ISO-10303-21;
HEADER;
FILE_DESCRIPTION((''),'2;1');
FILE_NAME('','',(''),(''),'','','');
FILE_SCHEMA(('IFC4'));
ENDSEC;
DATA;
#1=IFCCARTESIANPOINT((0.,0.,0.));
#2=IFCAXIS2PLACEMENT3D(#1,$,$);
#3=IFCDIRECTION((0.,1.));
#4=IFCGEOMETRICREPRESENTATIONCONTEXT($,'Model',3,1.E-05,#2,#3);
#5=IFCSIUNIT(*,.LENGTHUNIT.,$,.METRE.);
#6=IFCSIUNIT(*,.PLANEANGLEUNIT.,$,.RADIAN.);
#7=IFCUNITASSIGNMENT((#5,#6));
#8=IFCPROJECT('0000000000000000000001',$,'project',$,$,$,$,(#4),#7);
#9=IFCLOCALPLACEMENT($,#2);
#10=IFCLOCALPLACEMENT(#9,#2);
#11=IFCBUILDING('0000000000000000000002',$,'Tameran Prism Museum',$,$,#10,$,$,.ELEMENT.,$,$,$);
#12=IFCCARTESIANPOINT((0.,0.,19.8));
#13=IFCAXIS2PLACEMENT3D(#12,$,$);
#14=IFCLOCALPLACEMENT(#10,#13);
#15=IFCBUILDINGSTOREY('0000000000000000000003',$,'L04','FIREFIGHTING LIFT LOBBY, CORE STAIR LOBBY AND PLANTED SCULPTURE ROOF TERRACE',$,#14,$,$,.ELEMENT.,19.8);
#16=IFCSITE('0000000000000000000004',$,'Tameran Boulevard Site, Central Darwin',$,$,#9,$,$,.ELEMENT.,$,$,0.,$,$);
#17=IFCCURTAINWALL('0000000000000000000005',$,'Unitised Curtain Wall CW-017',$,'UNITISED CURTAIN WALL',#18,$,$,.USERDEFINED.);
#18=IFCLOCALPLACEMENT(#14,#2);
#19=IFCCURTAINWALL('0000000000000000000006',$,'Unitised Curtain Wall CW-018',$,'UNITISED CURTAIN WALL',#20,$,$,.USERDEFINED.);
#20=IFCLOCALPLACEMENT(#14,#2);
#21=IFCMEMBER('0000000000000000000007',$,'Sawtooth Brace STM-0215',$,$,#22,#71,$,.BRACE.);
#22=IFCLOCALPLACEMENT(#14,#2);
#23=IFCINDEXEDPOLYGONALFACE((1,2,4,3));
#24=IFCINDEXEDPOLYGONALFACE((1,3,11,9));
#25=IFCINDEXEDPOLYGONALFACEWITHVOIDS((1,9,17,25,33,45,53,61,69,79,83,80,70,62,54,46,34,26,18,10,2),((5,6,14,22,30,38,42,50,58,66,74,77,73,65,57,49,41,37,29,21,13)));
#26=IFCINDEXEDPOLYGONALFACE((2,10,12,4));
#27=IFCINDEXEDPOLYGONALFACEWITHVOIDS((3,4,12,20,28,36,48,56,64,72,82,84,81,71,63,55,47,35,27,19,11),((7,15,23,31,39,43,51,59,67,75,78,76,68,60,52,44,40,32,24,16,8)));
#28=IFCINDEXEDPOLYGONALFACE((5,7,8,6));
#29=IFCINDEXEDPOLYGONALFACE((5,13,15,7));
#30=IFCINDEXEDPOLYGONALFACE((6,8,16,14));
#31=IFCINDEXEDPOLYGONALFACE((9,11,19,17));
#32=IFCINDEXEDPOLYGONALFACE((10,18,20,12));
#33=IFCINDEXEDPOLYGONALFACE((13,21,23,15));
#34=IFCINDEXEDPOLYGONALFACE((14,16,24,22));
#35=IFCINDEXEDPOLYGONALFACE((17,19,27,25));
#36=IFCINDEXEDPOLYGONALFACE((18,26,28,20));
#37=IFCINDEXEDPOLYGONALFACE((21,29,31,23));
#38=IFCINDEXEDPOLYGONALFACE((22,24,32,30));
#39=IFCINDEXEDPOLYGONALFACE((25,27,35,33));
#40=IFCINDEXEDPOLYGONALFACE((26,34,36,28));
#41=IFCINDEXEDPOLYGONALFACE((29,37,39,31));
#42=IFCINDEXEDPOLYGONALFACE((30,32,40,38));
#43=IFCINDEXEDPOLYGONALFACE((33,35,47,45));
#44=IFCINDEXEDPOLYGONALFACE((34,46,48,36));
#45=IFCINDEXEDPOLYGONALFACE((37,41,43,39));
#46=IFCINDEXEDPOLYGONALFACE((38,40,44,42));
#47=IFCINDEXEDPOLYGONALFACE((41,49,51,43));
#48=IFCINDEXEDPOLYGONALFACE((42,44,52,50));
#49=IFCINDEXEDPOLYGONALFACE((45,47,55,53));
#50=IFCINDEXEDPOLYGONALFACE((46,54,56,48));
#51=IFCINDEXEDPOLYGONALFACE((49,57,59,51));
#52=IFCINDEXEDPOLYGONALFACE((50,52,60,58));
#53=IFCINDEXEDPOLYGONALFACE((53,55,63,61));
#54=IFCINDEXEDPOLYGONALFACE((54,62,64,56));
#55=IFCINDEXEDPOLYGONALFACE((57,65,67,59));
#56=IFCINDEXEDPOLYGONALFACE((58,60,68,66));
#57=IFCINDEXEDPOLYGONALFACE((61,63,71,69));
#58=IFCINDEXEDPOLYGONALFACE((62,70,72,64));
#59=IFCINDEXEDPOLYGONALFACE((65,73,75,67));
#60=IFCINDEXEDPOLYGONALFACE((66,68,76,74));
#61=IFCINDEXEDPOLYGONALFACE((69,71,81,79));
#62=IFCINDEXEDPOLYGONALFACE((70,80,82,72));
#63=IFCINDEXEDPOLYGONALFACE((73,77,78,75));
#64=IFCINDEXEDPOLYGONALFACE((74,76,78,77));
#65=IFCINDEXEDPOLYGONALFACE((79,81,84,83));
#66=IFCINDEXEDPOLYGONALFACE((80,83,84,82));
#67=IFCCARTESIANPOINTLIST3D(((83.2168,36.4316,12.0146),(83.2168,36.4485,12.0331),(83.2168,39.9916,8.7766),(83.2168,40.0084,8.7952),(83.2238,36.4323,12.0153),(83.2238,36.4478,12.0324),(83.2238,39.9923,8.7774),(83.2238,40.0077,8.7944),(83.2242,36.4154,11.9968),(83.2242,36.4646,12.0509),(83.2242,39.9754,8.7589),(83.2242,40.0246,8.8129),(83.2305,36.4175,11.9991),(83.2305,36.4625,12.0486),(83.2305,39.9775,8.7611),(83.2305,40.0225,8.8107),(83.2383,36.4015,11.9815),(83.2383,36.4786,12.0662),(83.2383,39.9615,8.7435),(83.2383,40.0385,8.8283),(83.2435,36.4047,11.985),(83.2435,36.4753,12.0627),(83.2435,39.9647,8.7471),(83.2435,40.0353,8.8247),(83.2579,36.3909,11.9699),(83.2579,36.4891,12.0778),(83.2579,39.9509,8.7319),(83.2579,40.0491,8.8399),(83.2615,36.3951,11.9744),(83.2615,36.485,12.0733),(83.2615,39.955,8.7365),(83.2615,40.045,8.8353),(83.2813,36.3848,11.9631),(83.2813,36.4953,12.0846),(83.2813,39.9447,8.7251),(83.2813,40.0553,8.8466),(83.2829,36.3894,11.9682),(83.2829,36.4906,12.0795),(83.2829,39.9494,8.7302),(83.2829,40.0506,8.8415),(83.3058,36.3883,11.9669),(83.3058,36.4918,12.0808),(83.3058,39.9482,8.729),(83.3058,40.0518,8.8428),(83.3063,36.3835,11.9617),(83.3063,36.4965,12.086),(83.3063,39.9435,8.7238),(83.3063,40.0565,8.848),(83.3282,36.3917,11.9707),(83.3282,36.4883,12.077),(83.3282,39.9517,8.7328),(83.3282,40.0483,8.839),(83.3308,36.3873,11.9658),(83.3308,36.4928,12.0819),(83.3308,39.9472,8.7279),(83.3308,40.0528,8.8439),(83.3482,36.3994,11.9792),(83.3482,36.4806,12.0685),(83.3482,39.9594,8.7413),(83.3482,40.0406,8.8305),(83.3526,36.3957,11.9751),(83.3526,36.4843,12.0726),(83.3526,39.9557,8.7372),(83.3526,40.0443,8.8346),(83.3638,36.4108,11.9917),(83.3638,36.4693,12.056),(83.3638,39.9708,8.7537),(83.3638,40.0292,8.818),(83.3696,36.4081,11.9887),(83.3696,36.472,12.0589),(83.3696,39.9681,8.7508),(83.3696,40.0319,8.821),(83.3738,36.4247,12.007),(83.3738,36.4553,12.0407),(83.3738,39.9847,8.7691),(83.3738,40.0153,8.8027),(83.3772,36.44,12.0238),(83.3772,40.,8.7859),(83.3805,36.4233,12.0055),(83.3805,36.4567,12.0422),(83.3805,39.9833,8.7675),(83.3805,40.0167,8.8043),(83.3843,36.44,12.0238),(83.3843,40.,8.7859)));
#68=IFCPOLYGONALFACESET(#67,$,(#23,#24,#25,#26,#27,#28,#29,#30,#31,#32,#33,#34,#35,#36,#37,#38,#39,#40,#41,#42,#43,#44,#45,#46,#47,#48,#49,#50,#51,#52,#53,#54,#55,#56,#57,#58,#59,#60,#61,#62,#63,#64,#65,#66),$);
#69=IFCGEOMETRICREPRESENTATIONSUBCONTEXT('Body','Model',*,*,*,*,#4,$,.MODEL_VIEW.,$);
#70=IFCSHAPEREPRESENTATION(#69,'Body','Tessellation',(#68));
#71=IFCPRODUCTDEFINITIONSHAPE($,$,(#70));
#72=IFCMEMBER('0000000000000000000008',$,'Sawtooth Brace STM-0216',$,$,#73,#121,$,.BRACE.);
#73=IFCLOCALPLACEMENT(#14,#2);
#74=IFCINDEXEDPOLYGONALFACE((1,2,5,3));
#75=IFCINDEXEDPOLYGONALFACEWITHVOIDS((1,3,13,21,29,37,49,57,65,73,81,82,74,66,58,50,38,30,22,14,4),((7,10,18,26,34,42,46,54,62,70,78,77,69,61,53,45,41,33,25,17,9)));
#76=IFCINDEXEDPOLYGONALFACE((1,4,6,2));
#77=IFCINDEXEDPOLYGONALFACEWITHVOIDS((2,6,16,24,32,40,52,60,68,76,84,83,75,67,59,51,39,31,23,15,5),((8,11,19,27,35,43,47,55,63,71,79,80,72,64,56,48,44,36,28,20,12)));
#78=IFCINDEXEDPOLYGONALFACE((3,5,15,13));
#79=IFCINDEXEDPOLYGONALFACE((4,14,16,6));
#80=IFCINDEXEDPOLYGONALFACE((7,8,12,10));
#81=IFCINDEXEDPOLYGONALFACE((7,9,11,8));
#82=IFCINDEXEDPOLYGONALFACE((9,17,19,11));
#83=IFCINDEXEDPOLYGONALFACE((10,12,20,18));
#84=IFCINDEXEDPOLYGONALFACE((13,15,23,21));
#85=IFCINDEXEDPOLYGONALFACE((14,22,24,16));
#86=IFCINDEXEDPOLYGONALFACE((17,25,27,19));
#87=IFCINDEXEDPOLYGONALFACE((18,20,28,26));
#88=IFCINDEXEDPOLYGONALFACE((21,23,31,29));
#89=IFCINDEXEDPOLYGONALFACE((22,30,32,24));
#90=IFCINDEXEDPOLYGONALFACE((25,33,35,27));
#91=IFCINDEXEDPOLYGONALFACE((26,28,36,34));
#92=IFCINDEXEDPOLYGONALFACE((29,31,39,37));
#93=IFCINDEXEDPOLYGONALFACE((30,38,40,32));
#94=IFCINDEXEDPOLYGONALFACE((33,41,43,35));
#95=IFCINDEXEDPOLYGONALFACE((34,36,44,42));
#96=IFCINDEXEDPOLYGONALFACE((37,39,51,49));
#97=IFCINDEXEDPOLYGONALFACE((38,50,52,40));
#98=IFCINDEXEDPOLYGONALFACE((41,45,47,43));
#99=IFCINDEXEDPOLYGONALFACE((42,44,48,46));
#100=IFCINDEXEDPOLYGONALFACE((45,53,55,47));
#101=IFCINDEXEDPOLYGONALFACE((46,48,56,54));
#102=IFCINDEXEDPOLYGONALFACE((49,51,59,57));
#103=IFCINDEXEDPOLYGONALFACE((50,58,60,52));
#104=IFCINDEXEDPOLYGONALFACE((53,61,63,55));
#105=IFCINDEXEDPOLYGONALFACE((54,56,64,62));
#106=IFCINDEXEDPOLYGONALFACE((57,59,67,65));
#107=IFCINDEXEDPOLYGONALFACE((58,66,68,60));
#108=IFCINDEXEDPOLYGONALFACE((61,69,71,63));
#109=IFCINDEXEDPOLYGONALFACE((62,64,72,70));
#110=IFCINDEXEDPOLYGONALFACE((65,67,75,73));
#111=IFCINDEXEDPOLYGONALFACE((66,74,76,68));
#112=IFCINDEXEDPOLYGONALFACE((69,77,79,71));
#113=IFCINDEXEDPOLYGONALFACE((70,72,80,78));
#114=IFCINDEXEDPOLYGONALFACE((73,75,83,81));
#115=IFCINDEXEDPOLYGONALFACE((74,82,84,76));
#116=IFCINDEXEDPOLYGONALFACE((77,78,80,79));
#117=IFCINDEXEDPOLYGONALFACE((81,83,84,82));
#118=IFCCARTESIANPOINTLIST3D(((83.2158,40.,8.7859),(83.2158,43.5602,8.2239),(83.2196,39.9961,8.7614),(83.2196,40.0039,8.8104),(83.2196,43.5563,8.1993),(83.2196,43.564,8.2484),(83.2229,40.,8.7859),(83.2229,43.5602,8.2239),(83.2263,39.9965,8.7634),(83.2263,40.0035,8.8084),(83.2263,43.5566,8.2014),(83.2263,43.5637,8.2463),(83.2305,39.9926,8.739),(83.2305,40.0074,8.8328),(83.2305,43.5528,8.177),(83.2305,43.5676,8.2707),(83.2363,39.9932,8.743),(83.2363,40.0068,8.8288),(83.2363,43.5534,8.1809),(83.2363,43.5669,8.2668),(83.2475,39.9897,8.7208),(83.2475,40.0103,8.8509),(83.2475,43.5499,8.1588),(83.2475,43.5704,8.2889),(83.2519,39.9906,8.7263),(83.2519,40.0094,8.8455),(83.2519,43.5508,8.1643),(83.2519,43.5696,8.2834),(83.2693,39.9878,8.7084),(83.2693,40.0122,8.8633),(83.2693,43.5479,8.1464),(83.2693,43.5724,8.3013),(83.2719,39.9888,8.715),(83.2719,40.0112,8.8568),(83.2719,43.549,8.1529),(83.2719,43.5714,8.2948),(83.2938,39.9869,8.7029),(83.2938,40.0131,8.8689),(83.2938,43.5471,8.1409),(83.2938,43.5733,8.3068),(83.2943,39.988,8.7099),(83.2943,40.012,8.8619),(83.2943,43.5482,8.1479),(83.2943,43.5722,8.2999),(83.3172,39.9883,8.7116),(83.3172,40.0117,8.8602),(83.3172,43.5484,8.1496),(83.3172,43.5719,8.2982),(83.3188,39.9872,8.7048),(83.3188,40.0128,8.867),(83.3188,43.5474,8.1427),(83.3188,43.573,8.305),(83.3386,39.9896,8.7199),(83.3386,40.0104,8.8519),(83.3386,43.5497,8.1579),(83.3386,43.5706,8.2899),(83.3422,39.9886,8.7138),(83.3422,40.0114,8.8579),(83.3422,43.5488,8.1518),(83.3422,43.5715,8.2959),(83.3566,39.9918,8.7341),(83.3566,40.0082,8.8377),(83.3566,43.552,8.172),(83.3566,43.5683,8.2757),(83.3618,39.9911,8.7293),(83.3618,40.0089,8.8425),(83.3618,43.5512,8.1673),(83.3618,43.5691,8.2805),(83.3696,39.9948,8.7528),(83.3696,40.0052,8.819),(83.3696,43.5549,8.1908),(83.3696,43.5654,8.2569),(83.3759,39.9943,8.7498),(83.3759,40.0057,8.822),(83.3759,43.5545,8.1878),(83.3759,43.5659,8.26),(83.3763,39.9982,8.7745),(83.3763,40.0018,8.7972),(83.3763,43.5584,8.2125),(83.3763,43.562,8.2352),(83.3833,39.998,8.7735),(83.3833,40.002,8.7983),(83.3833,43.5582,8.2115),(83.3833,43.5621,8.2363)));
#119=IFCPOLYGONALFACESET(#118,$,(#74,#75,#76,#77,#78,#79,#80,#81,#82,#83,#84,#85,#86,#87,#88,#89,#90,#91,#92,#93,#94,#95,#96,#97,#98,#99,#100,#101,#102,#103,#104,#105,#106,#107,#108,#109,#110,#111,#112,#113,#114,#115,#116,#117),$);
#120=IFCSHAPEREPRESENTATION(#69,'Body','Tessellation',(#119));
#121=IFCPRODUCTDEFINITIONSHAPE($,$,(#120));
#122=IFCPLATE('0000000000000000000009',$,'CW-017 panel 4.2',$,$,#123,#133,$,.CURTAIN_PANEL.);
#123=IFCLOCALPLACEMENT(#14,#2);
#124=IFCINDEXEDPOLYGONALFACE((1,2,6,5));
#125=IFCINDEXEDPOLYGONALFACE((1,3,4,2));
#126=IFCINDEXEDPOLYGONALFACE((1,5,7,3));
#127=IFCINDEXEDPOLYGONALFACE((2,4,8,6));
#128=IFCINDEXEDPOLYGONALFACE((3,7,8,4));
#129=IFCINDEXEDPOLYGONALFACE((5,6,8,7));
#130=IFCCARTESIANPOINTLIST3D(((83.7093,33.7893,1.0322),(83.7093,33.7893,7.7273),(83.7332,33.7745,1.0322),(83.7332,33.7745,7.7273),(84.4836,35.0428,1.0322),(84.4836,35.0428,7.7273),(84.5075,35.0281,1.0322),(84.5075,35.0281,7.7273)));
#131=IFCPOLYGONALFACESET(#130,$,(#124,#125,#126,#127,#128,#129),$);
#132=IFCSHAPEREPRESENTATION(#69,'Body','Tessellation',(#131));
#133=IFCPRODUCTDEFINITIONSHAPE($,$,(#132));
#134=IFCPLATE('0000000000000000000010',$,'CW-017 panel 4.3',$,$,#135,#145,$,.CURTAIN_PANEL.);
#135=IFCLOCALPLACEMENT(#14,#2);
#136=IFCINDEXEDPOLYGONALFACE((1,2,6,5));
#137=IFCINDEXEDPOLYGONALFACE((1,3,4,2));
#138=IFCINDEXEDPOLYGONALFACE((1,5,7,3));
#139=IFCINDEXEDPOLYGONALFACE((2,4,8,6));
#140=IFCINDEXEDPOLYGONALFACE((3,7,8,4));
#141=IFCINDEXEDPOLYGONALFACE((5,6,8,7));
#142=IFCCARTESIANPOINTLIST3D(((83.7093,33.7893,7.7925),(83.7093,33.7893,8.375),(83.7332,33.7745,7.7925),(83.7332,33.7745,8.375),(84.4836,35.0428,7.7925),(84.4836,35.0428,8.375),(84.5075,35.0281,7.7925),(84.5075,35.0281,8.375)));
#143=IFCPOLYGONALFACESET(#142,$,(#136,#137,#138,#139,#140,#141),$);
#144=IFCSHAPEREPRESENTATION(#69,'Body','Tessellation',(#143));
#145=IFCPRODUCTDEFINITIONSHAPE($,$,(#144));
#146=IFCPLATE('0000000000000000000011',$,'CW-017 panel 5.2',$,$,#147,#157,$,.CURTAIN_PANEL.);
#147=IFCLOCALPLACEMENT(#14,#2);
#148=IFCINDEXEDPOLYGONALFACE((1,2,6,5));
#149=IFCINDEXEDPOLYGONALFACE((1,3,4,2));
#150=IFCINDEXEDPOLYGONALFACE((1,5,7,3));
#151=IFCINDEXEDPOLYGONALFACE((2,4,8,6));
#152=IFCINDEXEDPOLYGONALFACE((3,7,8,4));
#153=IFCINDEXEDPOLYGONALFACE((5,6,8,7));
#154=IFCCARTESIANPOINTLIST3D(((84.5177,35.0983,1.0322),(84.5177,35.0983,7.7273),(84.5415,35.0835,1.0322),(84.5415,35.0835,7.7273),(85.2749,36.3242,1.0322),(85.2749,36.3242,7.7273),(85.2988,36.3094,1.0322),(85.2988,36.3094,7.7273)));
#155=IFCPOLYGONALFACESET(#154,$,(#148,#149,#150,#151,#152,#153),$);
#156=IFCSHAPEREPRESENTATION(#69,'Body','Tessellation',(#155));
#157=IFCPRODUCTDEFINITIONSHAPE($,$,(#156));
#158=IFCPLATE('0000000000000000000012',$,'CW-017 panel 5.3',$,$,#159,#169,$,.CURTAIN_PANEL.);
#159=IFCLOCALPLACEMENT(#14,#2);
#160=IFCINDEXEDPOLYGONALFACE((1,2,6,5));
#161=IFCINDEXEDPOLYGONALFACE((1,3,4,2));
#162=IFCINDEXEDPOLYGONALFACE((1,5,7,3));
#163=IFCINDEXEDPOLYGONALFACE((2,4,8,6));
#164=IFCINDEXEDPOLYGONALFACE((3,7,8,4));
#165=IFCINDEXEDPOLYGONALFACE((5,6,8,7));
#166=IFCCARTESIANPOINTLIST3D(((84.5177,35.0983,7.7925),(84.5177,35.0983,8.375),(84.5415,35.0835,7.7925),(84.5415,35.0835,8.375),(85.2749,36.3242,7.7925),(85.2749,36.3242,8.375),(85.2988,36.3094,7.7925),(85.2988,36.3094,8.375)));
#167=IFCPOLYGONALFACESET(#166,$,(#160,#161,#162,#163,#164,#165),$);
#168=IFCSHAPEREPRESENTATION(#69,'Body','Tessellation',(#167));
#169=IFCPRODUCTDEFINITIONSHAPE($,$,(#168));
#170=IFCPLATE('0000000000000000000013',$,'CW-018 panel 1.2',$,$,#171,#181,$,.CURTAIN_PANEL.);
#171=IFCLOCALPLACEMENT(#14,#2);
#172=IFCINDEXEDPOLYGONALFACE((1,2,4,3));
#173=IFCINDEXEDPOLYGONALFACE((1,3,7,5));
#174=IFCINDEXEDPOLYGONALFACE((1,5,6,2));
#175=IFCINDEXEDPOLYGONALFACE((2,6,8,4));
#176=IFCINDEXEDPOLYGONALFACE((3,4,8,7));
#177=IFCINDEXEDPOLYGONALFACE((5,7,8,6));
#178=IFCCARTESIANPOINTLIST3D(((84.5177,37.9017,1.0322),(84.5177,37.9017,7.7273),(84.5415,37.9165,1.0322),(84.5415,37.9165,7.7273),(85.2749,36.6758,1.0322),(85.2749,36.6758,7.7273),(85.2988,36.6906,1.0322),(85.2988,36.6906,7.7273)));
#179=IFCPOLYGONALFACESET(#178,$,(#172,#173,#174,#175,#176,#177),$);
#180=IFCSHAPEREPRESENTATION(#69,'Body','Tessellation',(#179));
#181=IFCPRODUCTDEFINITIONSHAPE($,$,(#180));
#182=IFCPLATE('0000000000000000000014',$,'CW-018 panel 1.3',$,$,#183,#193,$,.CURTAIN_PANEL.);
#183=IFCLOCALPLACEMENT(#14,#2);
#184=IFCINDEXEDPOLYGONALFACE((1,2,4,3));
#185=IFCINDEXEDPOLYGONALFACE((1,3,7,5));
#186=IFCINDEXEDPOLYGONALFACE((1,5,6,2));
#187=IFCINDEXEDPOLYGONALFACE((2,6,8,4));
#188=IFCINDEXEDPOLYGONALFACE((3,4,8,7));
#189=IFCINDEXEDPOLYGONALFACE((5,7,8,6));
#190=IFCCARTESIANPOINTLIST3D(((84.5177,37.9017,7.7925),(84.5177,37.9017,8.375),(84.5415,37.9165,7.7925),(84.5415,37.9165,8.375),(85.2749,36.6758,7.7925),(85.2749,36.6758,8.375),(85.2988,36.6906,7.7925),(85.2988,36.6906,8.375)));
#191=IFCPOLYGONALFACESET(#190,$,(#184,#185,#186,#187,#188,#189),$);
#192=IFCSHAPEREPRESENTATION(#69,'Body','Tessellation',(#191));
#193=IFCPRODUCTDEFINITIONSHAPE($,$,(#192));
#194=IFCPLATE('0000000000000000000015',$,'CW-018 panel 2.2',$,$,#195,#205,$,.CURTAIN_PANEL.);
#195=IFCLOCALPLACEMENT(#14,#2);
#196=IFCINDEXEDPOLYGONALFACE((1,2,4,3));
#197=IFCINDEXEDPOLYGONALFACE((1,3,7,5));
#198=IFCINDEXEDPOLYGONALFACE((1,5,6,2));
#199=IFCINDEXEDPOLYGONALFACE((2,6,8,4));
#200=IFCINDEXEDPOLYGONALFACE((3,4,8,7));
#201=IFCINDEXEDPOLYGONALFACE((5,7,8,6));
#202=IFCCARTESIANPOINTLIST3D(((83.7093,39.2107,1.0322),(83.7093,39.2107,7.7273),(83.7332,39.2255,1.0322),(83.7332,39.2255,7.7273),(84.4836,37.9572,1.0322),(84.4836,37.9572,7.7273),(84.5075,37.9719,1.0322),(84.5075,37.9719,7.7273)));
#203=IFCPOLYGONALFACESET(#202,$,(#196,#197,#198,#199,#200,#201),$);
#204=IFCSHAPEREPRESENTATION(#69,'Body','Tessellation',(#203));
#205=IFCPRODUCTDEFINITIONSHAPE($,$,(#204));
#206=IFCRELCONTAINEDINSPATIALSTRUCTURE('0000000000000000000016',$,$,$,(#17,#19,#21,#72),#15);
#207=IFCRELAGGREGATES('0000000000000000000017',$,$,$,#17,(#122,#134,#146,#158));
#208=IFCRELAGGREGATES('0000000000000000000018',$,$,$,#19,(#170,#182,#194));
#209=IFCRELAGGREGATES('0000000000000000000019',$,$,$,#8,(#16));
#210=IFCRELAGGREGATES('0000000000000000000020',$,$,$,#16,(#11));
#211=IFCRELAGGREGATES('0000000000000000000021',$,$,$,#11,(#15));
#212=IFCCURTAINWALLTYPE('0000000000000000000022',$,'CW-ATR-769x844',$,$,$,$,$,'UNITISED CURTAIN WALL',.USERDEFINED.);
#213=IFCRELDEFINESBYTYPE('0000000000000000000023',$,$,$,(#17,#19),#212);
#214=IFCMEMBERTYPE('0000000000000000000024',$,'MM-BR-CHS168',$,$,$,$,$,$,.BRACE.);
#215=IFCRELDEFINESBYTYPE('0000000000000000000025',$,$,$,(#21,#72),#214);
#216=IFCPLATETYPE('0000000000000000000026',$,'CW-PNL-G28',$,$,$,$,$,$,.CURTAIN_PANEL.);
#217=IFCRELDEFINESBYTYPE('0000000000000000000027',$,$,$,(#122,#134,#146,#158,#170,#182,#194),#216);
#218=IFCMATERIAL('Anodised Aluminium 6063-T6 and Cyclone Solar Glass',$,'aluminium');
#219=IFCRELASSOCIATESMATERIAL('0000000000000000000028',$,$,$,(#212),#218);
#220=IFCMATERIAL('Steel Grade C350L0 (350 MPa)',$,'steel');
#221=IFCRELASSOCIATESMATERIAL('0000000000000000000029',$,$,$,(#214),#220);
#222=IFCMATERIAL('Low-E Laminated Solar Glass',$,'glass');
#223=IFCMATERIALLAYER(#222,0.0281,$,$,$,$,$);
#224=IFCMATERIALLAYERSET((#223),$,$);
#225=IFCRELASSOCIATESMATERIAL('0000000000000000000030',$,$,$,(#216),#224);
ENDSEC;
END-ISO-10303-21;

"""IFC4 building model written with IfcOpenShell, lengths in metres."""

from ifc_helpers import new_model, si_unit, direction, frame, origin, origin_2d, place, context, subcontext, project, spatial, rectangle, hollow_circle, extrude, material, layer, layer_set, material_profile, profile_set, type_object, element, aggregate, save


model = new_model("IFC4")

# Units and contexts
model_context = context("Model", 3, precision=1e-05, world=origin(), true_north=direction((0.0, 1.0)))
body_context = subcontext(model_context, "Body", "Model", "MODEL_VIEW")
ifc_project = project(units=[si_unit("LENGTHUNIT", "METRE"), si_unit("PLANEANGLEUNIT", "RADIAN")], contexts=[model_context])

# Site, building, storey
site_placement = place(None, origin())
site = spatial("IfcSite", under=ifc_project, at=site_placement, Name="Tameran Boulevard Site, Central Darwin", CompositionType="ELEMENT", RefElevation=0.0)
building_placement = place(site_placement, origin())
building = spatial("IfcBuilding", under=site, at=building_placement, Name="Tameran Prism Museum", CompositionType="ELEMENT")
storey_placement = place(building_placement, frame((0.0, 0.0, 19.8)))
storey = spatial("IfcBuildingStorey", under=building, at=storey_placement, Name="L04", Description="FIREFIGHTING LIFT LOBBY, CORE STAIR LOBBY AND PLANTED SCULPTURE ROOF TERRACE", CompositionType="ELEMENT", Elevation=19.8)

# Curtain walls
ifc_material_1 = material(Name="Anodised Aluminium 6063-T6 and Cyclone Solar Glass", Category="aluminium")
curtain_wall_type = type_object("IfcCurtainWallType", Name="CW-ATR-769x844", ElementType="UNITISED CURTAIN WALL", PredefinedType="USERDEFINED", material=ifc_material_1)
curtain_wall_1_placement = place(storey_placement, origin())
curtain_wall_1 = element("IfcCurtainWall", 1, at=curtain_wall_1_placement, inside=storey, type_object=curtain_wall_type, Name="Unitised Curtain Wall CW-017", ObjectType="UNITISED CURTAIN WALL", PredefinedType="USERDEFINED")
curtain_wall_2_placement = place(storey_placement, origin())
curtain_wall_2 = element("IfcCurtainWall", 2, at=curtain_wall_2_placement, inside=storey, type_object=curtain_wall_type, Name="Unitised Curtain Wall CW-018", ObjectType="UNITISED CURTAIN WALL", PredefinedType="USERDEFINED")

# Members
ifc_material_2 = material(Name="Steel Grade C350L0 (350 MPa)", Category="steel")
ifc_material_profile_1 = material_profile(ifc_material_2, hollow_circle(Radius=0.0842, WallThickness=0.0071, at=origin_2d()))
ifc_profile_set_1 = profile_set([ifc_material_profile_1])
member_type_1 = type_object("IfcMemberType", Name="MM-BR-CHS168", PredefinedType="BRACE", material=ifc_profile_set_1)
member_1_placement = place(storey_placement, frame((83.3, 40.0, 8.7859), z_axis=(0.0, -0.739772, 0.672857), x_axis=(1.0, 0.0, 0.0)))
element("IfcMember", 3, at=member_1_placement, inside=storey, type_object=member_type_1, Name="Sawtooth Brace STM-0215", PredefinedType="BRACE", context=body_context, shape_type="SweptSolid", body=[
    extrude(hollow_circle(Radius=0.0842, WallThickness=0.0071, at=origin_2d()), origin(), (0.0, 0.0, 1.0), 4.8123),
])
member_2_placement = place(storey_placement, frame((83.3, 40.0, 8.7859), z_axis=(0.0, 0.987767, -0.155935), x_axis=(-1.0, 0.0, 0.0)))
element("IfcMember", 4, at=member_2_placement, inside=storey, type_object=member_type_1, Name="Sawtooth Brace STM-0216", PredefinedType="BRACE", context=body_context, shape_type="SweptSolid", body=[
    extrude(hollow_circle(Radius=0.0842, WallThickness=0.0071, at=origin_2d()), origin(), (0.0, 0.0, 1.0), 3.6042),
])

# Plates
ifc_material_3 = material(Name="Low-E Laminated Solar Glass", Category="glass")
ifc_layer_1 = layer(ifc_material_3, 0.0281)
ifc_layer_set_1 = layer_set([ifc_layer_1])
plate_type_1 = type_object("IfcPlateType", Name="CW-PNL-G28", PredefinedType="CURTAIN_PANEL", material=ifc_layer_set_1)
plate_1_placement = place(storey_placement, frame((84.1084, 34.4087, 1.0322), z_axis=(0.0, 0.0, 1.0), x_axis=(0.525504, 0.850791, 0.0)))
plate_1 = element("IfcPlate", 5, at=plate_1_placement, type_object=plate_type_1, Name="CW-017 panel 4.2", PredefinedType="CURTAIN_PANEL", context=body_context, shape_type="SweptSolid", body=[
    extrude(rectangle(XDim=1.4734, YDim=0.0281, at=origin_2d()), origin(), (0.0, 0.0, 1.0), 6.6951),
])
plate_2_placement = place(storey_placement, frame((84.1084, 34.4087, 7.7925), z_axis=(0.0, 0.0, 1.0), x_axis=(0.525504, 0.850791, 0.0)))
plate_2 = element("IfcPlate", 6, at=plate_2_placement, type_object=plate_type_1, Name="CW-017 panel 4.3", PredefinedType="CURTAIN_PANEL", context=body_context, shape_type="SweptSolid", body=[
    extrude(rectangle(XDim=1.4734, YDim=0.0281, at=origin_2d()), origin(), (0.0, 0.0, 1.0), 0.5825),
])
plate_3_placement = place(storey_placement, frame((84.9082, 35.7039, 1.0322), z_axis=(0.0, 0.0, 1.0), x_axis=(0.525504, 0.850791, 0.0)))
plate_3 = element("IfcPlate", 7, at=plate_3_placement, type_object=plate_type_1, Name="CW-017 panel 5.2", PredefinedType="CURTAIN_PANEL", context=body_context, shape_type="SweptSolid", body=[
    extrude(rectangle(XDim=1.4409, YDim=0.0281, at=origin_2d()), origin(), (0.0, 0.0, 1.0), 6.6951),
])
plate_4_placement = place(storey_placement, frame((84.9082, 35.7039, 7.7925), z_axis=(0.0, 0.0, 1.0), x_axis=(0.525504, 0.850791, 0.0)))
plate_4 = element("IfcPlate", 8, at=plate_4_placement, type_object=plate_type_1, Name="CW-017 panel 5.3", PredefinedType="CURTAIN_PANEL", context=body_context, shape_type="SweptSolid", body=[
    extrude(rectangle(XDim=1.4409, YDim=0.0281, at=origin_2d()), origin(), (0.0, 0.0, 1.0), 0.5825),
])
aggregate(curtain_wall_1, [plate_1, plate_2, plate_3, plate_4])
plate_5_placement = place(storey_placement, frame((84.9082, 37.2961, 1.0322), z_axis=(0.0, 0.0, 1.0), x_axis=(-0.525504, 0.850791, 0.0)))
plate_5 = element("IfcPlate", 9, at=plate_5_placement, type_object=plate_type_1, Name="CW-018 panel 1.2", PredefinedType="CURTAIN_PANEL", context=body_context, shape_type="SweptSolid", body=[
    extrude(rectangle(XDim=1.4409, YDim=0.0281, at=origin_2d()), origin(), (0.0, 0.0, 1.0), 6.6951),
])
plate_6_placement = place(storey_placement, frame((84.9082, 37.2961, 7.7925), z_axis=(0.0, 0.0, 1.0), x_axis=(-0.525504, 0.850791, 0.0)))
plate_6 = element("IfcPlate", 10, at=plate_6_placement, type_object=plate_type_1, Name="CW-018 panel 1.3", PredefinedType="CURTAIN_PANEL", context=body_context, shape_type="SweptSolid", body=[
    extrude(rectangle(XDim=1.4409, YDim=0.0281, at=origin_2d()), origin(), (0.0, 0.0, 1.0), 0.5825),
])
plate_7_placement = place(storey_placement, frame((84.1084, 38.5913, 1.0322), z_axis=(0.0, 0.0, 1.0), x_axis=(-0.525504, 0.850791, 0.0)))
plate_7 = element("IfcPlate", 11, at=plate_7_placement, type_object=plate_type_1, Name="CW-018 panel 2.2", PredefinedType="CURTAIN_PANEL", context=body_context, shape_type="SweptSolid", body=[
    extrude(rectangle(XDim=1.4734, YDim=0.0281, at=origin_2d()), origin(), (0.0, 0.0, 1.0), 6.6951),
])
aggregate(curtain_wall_2, [plate_5, plate_6, plate_7])

save(model, "model.ifc")
